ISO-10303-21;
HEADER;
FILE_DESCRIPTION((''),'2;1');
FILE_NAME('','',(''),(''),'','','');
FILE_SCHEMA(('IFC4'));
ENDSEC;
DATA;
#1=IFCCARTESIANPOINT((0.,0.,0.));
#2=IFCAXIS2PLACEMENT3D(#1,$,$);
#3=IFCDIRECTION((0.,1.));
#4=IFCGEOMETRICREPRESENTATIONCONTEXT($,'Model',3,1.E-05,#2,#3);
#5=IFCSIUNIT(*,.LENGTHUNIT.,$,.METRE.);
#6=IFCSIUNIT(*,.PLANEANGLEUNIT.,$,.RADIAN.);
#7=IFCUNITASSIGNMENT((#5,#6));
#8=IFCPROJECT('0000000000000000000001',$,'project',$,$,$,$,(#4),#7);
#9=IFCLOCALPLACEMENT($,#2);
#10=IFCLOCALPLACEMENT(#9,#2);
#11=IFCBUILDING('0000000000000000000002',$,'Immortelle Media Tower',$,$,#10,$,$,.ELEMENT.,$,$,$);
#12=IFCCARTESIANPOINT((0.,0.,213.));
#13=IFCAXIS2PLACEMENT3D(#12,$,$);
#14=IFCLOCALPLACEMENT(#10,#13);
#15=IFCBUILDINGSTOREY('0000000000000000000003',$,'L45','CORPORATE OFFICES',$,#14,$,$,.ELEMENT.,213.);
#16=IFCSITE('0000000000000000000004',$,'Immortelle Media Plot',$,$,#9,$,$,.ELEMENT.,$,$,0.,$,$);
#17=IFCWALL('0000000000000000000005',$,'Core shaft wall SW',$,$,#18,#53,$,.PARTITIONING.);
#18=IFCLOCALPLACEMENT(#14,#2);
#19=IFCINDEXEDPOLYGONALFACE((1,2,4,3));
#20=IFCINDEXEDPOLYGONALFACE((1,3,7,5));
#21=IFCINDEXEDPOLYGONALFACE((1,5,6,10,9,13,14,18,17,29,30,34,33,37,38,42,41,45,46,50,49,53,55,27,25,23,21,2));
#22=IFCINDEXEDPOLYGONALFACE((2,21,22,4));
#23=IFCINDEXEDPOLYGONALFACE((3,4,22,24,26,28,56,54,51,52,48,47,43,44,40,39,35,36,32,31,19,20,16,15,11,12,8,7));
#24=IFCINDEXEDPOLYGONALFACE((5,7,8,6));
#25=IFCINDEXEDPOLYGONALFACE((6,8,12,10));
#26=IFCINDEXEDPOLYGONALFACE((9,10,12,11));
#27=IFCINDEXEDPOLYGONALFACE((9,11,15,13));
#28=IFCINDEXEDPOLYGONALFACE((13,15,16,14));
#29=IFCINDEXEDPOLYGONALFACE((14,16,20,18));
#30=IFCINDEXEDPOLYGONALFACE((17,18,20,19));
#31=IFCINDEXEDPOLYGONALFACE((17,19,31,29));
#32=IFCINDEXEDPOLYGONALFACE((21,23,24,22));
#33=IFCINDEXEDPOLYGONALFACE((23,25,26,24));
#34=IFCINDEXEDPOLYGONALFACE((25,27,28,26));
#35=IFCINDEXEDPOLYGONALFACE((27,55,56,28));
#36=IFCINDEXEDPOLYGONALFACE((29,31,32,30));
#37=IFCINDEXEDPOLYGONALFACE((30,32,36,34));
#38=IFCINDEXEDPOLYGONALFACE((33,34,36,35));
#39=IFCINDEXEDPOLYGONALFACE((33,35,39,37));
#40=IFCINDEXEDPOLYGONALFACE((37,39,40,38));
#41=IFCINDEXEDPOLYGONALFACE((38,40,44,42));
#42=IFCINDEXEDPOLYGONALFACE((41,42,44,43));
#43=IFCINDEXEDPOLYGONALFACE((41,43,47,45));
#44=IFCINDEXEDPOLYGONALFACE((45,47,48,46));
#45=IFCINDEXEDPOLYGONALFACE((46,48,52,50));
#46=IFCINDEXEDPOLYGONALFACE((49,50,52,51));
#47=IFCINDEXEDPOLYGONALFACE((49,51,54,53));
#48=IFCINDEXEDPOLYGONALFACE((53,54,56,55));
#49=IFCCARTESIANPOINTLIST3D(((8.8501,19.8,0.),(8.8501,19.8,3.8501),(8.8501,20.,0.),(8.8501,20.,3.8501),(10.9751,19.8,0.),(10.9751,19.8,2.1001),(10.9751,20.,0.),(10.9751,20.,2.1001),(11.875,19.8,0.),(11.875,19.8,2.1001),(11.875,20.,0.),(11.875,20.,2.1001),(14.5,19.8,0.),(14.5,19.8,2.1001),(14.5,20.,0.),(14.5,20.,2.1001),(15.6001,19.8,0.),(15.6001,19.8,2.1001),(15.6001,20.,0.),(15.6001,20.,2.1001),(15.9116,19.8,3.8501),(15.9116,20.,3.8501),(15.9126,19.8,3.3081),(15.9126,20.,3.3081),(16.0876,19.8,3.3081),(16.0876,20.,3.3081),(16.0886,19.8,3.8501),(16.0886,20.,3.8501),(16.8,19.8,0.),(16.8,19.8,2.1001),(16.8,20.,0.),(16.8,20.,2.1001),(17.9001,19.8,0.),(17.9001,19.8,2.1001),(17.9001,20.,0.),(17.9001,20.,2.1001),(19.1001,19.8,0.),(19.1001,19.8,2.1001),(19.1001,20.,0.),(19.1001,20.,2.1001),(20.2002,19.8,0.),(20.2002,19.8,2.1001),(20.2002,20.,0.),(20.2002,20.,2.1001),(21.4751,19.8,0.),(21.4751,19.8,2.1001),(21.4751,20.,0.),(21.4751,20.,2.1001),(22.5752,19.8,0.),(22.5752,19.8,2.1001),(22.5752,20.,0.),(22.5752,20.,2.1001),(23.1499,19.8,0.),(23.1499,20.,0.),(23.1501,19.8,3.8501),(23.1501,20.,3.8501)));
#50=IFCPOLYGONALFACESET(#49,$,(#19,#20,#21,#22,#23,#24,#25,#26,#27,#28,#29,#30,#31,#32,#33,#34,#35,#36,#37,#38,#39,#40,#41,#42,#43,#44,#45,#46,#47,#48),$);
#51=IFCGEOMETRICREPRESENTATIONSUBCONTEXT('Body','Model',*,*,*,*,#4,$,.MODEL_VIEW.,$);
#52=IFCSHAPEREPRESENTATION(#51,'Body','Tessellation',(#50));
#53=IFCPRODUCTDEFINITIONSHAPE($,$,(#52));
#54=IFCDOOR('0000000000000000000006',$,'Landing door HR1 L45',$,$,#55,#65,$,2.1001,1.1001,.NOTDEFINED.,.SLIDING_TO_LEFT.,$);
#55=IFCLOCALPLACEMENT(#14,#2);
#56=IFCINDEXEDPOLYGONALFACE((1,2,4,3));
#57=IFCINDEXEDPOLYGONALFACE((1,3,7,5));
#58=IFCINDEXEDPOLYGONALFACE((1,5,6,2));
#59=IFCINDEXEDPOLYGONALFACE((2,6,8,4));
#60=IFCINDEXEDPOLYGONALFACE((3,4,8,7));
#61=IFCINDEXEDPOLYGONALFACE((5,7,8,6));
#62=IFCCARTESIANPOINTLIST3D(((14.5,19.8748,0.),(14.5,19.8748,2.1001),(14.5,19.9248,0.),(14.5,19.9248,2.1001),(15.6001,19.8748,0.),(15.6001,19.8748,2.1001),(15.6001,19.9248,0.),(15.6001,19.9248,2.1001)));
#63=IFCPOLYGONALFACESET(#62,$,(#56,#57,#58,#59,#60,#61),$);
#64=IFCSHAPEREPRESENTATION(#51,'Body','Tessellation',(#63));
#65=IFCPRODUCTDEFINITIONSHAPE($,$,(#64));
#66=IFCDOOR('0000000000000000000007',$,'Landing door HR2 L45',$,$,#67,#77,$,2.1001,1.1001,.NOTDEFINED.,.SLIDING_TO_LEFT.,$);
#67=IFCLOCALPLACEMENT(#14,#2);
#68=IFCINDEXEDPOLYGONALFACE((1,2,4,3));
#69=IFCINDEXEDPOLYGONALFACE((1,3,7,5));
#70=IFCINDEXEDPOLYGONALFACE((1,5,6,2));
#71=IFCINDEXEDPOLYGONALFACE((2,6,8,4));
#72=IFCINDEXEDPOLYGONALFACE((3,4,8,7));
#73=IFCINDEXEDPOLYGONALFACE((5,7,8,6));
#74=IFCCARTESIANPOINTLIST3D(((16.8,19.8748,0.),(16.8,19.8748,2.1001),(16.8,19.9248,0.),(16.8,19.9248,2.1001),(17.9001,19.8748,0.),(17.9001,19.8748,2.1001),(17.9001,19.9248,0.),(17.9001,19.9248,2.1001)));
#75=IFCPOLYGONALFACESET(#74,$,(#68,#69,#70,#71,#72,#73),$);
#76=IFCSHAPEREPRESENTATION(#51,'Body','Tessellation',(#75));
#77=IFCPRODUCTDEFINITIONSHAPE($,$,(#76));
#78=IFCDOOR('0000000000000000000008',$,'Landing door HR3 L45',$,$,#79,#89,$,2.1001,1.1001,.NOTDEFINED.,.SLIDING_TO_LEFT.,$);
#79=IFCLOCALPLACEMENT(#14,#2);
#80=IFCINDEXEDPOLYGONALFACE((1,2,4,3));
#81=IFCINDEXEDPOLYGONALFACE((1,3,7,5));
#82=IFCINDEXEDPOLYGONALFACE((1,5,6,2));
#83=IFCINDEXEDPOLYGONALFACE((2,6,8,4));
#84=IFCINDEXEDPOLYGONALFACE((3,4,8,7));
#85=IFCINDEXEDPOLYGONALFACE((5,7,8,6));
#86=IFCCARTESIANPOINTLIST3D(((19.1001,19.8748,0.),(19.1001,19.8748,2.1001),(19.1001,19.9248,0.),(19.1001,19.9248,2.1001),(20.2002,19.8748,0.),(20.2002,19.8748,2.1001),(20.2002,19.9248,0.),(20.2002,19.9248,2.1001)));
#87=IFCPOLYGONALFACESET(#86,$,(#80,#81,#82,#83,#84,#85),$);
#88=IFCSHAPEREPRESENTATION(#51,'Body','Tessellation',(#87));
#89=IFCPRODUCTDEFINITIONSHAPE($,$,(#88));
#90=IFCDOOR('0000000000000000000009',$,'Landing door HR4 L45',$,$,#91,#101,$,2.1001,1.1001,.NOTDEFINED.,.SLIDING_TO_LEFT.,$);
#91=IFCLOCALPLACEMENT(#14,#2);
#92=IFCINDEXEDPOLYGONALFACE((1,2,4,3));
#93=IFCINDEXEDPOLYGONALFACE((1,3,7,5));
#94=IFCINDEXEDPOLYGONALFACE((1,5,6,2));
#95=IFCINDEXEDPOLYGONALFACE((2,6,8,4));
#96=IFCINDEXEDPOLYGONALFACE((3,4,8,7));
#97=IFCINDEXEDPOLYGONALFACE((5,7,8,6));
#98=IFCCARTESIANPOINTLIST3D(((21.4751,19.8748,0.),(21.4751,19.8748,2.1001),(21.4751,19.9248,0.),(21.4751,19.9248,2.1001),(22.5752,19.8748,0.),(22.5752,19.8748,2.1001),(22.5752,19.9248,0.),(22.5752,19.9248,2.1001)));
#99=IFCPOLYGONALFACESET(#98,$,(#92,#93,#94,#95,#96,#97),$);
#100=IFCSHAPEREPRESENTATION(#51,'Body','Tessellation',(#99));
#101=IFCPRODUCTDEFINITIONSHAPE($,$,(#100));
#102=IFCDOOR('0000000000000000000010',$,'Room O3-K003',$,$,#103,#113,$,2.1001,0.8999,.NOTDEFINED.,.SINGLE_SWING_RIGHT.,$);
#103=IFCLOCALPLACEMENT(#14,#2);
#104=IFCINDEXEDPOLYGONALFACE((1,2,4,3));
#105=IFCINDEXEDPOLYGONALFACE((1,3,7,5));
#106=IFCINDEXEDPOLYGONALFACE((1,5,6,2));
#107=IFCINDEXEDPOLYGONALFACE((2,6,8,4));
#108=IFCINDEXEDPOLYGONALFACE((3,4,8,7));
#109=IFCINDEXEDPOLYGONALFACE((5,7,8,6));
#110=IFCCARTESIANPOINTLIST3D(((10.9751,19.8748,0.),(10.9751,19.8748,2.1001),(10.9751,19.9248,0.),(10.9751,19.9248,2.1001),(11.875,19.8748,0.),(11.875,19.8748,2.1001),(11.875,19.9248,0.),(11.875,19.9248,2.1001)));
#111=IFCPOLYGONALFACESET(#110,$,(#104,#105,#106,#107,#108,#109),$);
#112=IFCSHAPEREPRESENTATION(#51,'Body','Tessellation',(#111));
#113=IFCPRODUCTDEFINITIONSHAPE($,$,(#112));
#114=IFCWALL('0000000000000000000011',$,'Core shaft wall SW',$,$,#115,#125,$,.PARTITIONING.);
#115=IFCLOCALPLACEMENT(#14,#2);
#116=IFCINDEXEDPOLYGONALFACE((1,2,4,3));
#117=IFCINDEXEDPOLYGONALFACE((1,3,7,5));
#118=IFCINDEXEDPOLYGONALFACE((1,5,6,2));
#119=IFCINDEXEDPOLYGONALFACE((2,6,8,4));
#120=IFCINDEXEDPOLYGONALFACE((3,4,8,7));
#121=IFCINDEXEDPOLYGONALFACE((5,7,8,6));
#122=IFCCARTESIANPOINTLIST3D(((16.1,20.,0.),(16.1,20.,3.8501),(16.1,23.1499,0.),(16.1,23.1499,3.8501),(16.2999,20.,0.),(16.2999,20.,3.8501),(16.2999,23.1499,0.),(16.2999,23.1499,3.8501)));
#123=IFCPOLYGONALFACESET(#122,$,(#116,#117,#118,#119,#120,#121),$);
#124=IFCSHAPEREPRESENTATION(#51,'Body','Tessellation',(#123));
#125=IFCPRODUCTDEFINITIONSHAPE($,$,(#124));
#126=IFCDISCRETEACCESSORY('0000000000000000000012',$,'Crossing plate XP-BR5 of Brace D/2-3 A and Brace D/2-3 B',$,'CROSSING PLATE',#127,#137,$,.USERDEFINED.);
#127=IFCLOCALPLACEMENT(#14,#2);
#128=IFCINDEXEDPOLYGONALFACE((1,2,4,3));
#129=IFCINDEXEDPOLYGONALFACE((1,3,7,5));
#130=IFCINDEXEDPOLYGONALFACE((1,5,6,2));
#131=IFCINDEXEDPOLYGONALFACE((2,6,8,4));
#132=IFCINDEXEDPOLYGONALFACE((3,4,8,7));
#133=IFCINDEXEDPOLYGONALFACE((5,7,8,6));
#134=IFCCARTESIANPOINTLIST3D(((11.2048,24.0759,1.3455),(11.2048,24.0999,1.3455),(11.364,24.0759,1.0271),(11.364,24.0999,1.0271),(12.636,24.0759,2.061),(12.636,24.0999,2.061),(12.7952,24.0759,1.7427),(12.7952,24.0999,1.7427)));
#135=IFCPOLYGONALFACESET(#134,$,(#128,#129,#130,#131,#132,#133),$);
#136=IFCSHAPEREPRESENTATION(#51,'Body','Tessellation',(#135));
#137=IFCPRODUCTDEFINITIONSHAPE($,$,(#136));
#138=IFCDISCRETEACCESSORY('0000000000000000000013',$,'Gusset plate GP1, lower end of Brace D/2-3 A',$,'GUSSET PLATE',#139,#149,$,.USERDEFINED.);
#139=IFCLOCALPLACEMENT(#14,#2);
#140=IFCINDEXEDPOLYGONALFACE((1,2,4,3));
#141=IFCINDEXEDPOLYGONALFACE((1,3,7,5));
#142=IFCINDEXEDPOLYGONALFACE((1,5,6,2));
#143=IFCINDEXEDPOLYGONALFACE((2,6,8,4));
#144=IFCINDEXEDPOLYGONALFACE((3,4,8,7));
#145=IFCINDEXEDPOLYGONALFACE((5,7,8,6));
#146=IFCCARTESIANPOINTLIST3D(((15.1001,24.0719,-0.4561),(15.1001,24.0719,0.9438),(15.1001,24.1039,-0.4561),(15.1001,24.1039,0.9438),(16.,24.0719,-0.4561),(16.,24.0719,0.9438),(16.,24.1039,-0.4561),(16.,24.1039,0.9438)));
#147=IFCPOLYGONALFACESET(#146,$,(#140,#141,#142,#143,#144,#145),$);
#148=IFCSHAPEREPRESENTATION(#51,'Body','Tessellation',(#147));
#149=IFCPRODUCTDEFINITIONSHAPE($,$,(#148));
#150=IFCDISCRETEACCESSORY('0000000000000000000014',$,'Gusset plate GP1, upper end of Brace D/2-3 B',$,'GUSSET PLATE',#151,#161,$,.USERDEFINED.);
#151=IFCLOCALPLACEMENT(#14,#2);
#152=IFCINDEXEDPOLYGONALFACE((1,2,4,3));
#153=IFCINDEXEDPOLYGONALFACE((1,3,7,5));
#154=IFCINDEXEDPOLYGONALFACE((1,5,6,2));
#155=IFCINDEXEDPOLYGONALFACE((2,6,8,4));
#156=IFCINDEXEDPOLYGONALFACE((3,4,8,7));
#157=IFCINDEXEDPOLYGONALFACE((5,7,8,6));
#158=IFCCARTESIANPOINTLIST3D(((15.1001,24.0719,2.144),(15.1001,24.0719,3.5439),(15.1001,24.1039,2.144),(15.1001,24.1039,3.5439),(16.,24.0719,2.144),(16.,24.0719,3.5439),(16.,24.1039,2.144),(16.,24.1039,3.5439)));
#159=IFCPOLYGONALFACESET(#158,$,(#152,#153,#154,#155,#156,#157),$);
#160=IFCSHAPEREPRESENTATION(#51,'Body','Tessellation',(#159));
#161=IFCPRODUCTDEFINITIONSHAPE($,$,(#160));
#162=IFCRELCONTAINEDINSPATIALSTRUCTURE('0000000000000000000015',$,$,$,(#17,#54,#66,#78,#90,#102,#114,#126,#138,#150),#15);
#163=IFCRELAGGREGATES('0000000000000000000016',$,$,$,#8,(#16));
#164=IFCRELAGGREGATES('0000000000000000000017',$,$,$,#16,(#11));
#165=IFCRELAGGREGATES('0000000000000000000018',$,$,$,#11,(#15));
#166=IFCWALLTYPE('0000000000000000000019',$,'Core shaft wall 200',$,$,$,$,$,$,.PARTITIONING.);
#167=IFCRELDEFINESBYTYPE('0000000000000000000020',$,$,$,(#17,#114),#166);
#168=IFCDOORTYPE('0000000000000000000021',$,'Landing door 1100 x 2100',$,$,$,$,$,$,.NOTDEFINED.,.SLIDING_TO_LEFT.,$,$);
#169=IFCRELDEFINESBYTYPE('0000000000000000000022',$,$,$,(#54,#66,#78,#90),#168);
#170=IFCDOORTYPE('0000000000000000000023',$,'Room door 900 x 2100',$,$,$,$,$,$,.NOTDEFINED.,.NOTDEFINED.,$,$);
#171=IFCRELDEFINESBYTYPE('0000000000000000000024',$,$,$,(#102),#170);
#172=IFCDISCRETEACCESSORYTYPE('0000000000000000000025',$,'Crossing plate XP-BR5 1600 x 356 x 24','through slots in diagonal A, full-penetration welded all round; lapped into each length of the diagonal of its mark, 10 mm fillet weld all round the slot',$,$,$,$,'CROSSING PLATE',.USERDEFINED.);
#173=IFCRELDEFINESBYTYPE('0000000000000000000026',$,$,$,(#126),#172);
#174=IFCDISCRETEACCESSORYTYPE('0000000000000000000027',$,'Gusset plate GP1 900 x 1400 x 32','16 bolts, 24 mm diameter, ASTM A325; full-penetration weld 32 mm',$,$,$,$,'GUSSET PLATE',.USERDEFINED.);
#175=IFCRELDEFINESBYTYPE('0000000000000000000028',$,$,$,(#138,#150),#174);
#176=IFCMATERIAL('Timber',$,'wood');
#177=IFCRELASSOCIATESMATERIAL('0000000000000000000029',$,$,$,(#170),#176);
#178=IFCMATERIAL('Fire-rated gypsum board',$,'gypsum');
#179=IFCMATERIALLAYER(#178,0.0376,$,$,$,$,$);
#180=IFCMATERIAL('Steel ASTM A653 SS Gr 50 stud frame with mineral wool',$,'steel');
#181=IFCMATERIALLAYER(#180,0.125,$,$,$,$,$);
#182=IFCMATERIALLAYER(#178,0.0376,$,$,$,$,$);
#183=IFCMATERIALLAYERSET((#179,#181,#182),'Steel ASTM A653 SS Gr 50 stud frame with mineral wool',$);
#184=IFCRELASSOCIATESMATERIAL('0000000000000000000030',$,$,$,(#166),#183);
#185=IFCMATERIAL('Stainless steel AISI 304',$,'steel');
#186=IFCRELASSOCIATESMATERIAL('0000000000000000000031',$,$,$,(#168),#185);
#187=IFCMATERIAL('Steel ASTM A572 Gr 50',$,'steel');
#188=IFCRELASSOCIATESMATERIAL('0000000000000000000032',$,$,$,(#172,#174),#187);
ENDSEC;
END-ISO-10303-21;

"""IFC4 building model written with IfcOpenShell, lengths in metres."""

from ifc_helpers import new_model, si_unit, direction, frame, frame_2d, origin, origin_2d, place, context, subcontext, project, spatial, polyline, rectangle, outline, extrude, material, layer, layer_set, material_profile, profile_set, type_object, element, fill, save


model = new_model("IFC4")

# Units and contexts
model_context = context("Model", 3, precision=1e-05, world=origin(), true_north=direction((0.0, 1.0)))
body_context = subcontext(model_context, "Body", "Model", "MODEL_VIEW")
ifc_project = project(units=[si_unit("LENGTHUNIT", "METRE"), si_unit("PLANEANGLEUNIT", "RADIAN")], contexts=[model_context])

# Site, building, storey
site_placement = place(None, origin())
site = spatial("IfcSite", under=ifc_project, at=site_placement, Name="Immortelle Media Plot", CompositionType="ELEMENT", RefElevation=0.0)
building_placement = place(site_placement, origin())
building = spatial("IfcBuilding", under=site, at=building_placement, Name="Immortelle Media Tower", CompositionType="ELEMENT")
storey_placement = place(building_placement, frame((0.0, 0.0, 213.0)))
storey = spatial("IfcBuildingStorey", under=building, at=storey_placement, Name="L45", Description="CORPORATE OFFICES", CompositionType="ELEMENT", Elevation=213.0)

# Shared definitions
ifc_material_1 = material(Name="Timber", Category="wood")

# Shared definitions
ifc_material_2 = material(Name="Fire-rated gypsum board", Category="gypsum")
ifc_material_3 = material(Name="Steel ASTM A653 SS Gr 50 stud frame with mineral wool", Category="steel")

# Shared definitions
door_type_1 = type_object("IfcDoorType", Name="Room door 900 x 2100", OperationType="NOTDEFINED", PredefinedType="NOTDEFINED", material=ifc_material_1)

# Wall, openings, doors
ifc_layer_1 = layer(ifc_material_2, 0.0376)
ifc_layer_2 = layer(ifc_material_3, 0.125)
ifc_layer_3 = layer(ifc_material_2, 0.0376)
ifc_layer_set_1 = layer_set([ifc_layer_1, ifc_layer_2, ifc_layer_3], Name="Steel ASTM A653 SS Gr 50 stud frame with mineral wool")
wall_type_1 = type_object("IfcWallType", Name="Core shaft wall 200", PredefinedType="PARTITIONING", material=ifc_layer_set_1)
wall_1_placement = place(storey_placement, frame((8.8501, 19.8999, 0.0), z_axis=(0.0, 0.0, 1.0), x_axis=(1.0, 0.0, 0.0)))
wall_1 = element("IfcWall", 1, at=wall_1_placement, inside=storey, type_object=wall_type_1, Name="Core shaft wall SW", PredefinedType="PARTITIONING", context=body_context, shape_type="SweptSolid", body=[
    extrude(outline(polyline([(0.0, 0.0), (14.2998, 0.0), (14.3, 3.8501), (7.2385, 3.8501), (7.2375, 3.3081), (7.0625, 3.3081), (7.0615, 3.8501), (0.0, 3.8501), (0.0, 0.0)])), frame((0.0, 0.1001, 0.0), z_axis=(0.0, -1.0, 0.0), x_axis=(1.0, 0.0, 0.0)), (0.0, 0.0, 1.0), 0.2),
])
opening_1_placement = place(wall_1_placement, frame((2.125, 0.0, 0.0)))
opening_1 = element("IfcOpeningElement", 2, at=opening_1_placement, cuts=wall_1, PredefinedType="OPENING", context=body_context, shape_type="SweptSolid", body=[
    extrude(rectangle(XDim=0.8999, YDim=2.1001, at=frame_2d((0.45, 1.05))), frame((0.0, 0.1099, 0.0), z_axis=(0.0, -1.0, 0.0), x_axis=(1.0, 0.0, 0.0)), (0.0, 0.0, 1.0), 0.22),
])
opening_2_placement = place(wall_1_placement, frame((5.6499, 0.0, 0.0)))
opening_2 = element("IfcOpeningElement", 3, at=opening_2_placement, cuts=wall_1, PredefinedType="OPENING", context=body_context, shape_type="SweptSolid", body=[
    extrude(rectangle(XDim=1.1001, YDim=2.1001, at=frame_2d((0.55, 1.05))), frame((0.0, 0.1099, 0.0), z_axis=(0.0, -1.0, 0.0), x_axis=(1.0, 0.0, 0.0)), (0.0, 0.0, 1.0), 0.22),
])
opening_3_placement = place(wall_1_placement, frame((7.95, 0.0, 0.0)))
opening_3 = element("IfcOpeningElement", 4, at=opening_3_placement, cuts=wall_1, PredefinedType="OPENING", context=body_context, shape_type="SweptSolid", body=[
    extrude(rectangle(XDim=1.1001, YDim=2.1001, at=frame_2d((0.55, 1.05))), frame((0.0, 0.1099, 0.0), z_axis=(0.0, -1.0, 0.0), x_axis=(1.0, 0.0, 0.0)), (0.0, 0.0, 1.0), 0.22),
])
opening_4_placement = place(wall_1_placement, frame((10.25, 0.0, 0.0)))
opening_4 = element("IfcOpeningElement", 5, at=opening_4_placement, cuts=wall_1, PredefinedType="OPENING", context=body_context, shape_type="SweptSolid", body=[
    extrude(rectangle(XDim=1.1001, YDim=2.1001, at=frame_2d((0.55, 1.05))), frame((0.0, 0.1099, 0.0), z_axis=(0.0, -1.0, 0.0), x_axis=(1.0, 0.0, 0.0)), (0.0, 0.0, 1.0), 0.22),
])
opening_5_placement = place(wall_1_placement, frame((12.625, 0.0, 0.0)))
opening_5 = element("IfcOpeningElement", 6, at=opening_5_placement, cuts=wall_1, PredefinedType="OPENING", context=body_context, shape_type="SweptSolid", body=[
    extrude(rectangle(XDim=1.1001, YDim=2.1001, at=frame_2d((0.55, 1.05))), frame((0.0, 0.1099, 0.0), z_axis=(0.0, -1.0, 0.0), x_axis=(1.0, 0.0, 0.0)), (0.0, 0.0, 1.0), 0.22),
])
ifc_material_4 = material(Name="Stainless steel AISI 304", Category="steel")
door_type_2 = type_object("IfcDoorType", Name="Landing door 1100 x 2100", OperationType="SLIDING_TO_LEFT", PredefinedType="NOTDEFINED", material=ifc_material_4)
door_1_placement = place(opening_2_placement, origin())
door_1 = element("IfcDoor", 7, at=door_1_placement, inside=storey, type_object=door_type_2, Name="Landing door HR1 L45", OperationType="SLIDING_TO_LEFT", OverallHeight=2.1001, OverallWidth=1.1001, PredefinedType="NOTDEFINED", context=body_context, shape_type="SweptSolid", body=[
    extrude(rectangle(XDim=1.1001, YDim=2.1001, at=frame_2d((0.55, 1.05))), frame((0.0, 0.0249, 0.0), z_axis=(0.0, -1.0, 0.0), x_axis=(1.0, 0.0, 0.0)), (0.0, 0.0, 1.0), 0.05),
])
fill(opening_2, door_1)
door_2_placement = place(opening_3_placement, origin())
door_2 = element("IfcDoor", 8, at=door_2_placement, inside=storey, type_object=door_type_2, Name="Landing door HR2 L45", OperationType="SLIDING_TO_LEFT", OverallHeight=2.1001, OverallWidth=1.1001, PredefinedType="NOTDEFINED", context=body_context, shape_type="SweptSolid", body=[
    extrude(rectangle(XDim=1.1001, YDim=2.1001, at=frame_2d((0.55, 1.05))), frame((0.0, 0.0249, 0.0), z_axis=(0.0, -1.0, 0.0), x_axis=(1.0, 0.0, 0.0)), (0.0, 0.0, 1.0), 0.05),
])
fill(opening_3, door_2)
door_3_placement = place(opening_4_placement, origin())
door_3 = element("IfcDoor", 9, at=door_3_placement, inside=storey, type_object=door_type_2, Name="Landing door HR3 L45", OperationType="SLIDING_TO_LEFT", OverallHeight=2.1001, OverallWidth=1.1001, PredefinedType="NOTDEFINED", context=body_context, shape_type="SweptSolid", body=[
    extrude(rectangle(XDim=1.1001, YDim=2.1001, at=frame_2d((0.55, 1.05))), frame((0.0, 0.0249, 0.0), z_axis=(0.0, -1.0, 0.0), x_axis=(1.0, 0.0, 0.0)), (0.0, 0.0, 1.0), 0.05),
])
fill(opening_4, door_3)
door_4_placement = place(opening_5_placement, origin())
door_4 = element("IfcDoor", 10, at=door_4_placement, inside=storey, type_object=door_type_2, Name="Landing door HR4 L45", OperationType="SLIDING_TO_LEFT", OverallHeight=2.1001, OverallWidth=1.1001, PredefinedType="NOTDEFINED", context=body_context, shape_type="SweptSolid", body=[
    extrude(rectangle(XDim=1.1001, YDim=2.1001, at=frame_2d((0.55, 1.05))), frame((0.0, 0.0249, 0.0), z_axis=(0.0, -1.0, 0.0), x_axis=(1.0, 0.0, 0.0)), (0.0, 0.0, 1.0), 0.05),
])
fill(opening_5, door_4)
door_5_placement = place(opening_1_placement, origin())
door_5 = element("IfcDoor", 11, at=door_5_placement, inside=storey, type_object=door_type_1, Name="Room O3-K003", OperationType="SINGLE_SWING_RIGHT", OverallHeight=2.1001, OverallWidth=0.8999, PredefinedType="NOTDEFINED", context=body_context, shape_type="SweptSolid", body=[
    extrude(rectangle(XDim=0.8999, YDim=2.1001, at=frame_2d((0.45, 1.05))), frame((0.0, 0.0249, 0.0), z_axis=(0.0, -1.0, 0.0), x_axis=(1.0, 0.0, 0.0)), (0.0, 0.0, 1.0), 0.05),
])
fill(opening_1, door_5)

# Wall
wall_2_placement = place(storey_placement, frame((16.2, 20.0, 0.0), z_axis=(0.0, 0.0, 1.0), x_axis=(0.0, 1.0, 0.0)))
element("IfcWall", 12, at=wall_2_placement, inside=storey, type_object=wall_type_1, Name="Core shaft wall SW", PredefinedType="PARTITIONING", context=body_context, shape_type="SweptSolid", body=[
    extrude(rectangle(XDim=3.1499, YDim=0.2, at=frame_2d((1.575, 0.0))), origin(), (0.0, 0.0, 1.0), 3.8501),
])

# Discrete accessories
ifc_material_5 = material(Name="Steel ASTM A572 Gr 50", Category="steel")
ifc_material_profile_1 = material_profile(ifc_material_5, rectangle(XDim=0.0239, YDim=0.356, at=origin_2d()), Name="PL 24 x 356")
ifc_profile_set_1 = profile_set([ifc_material_profile_1], Name="Steel ASTM A572 Gr 50")
discrete_accessory_type_1 = type_object("IfcDiscreteAccessoryType", Name="Crossing plate XP-BR5 1600 x 356 x 24", Description="through slots in diagonal A, full-penetration welded all round; lapped into each length of the diagonal of its mark, 10 mm fillet weld all round the slot", ElementType="CROSSING PLATE", PredefinedType="USERDEFINED", material=ifc_profile_set_1)
discrete_accessory_placement = place(storey_placement, frame((12.7156, 24.0879, 1.9019), z_axis=(-0.894427, 0.0, -0.447214), x_axis=(0.0, -1.0, 0.0)))
element("IfcDiscreteAccessory", 13, at=discrete_accessory_placement, inside=storey, type_object=discrete_accessory_type_1, Name="Crossing plate XP-BR5 of Brace D/2-3 A and Brace D/2-3 B", ObjectType="CROSSING PLATE", PredefinedType="USERDEFINED", context=body_context, shape_type="SweptSolid", body=[
    extrude(rectangle(XDim=0.0239, YDim=0.356, at=origin_2d()), origin(), (0.0, 0.0, 1.0), 1.6001),
])
ifc_material_profile_2 = material_profile(ifc_material_5, rectangle(XDim=0.032, YDim=1.3999, at=origin_2d()), Name="PL 32 x 1400")
ifc_profile_set_2 = profile_set([ifc_material_profile_2], Name="Steel ASTM A572 Gr 50")
discrete_accessory_type_2 = type_object("IfcDiscreteAccessoryType", Name="Gusset plate GP1 900 x 1400 x 32", Description="16 bolts, 24 mm diameter, ASTM A325; full-penetration weld 32 mm", ElementType="GUSSET PLATE", PredefinedType="USERDEFINED", material=ifc_profile_set_2)
for number, where, z_axis, x_axis, name in (
    (14, (16.0, 24.0879, 0.2439), (-1.0, 0.0, 0.0), (0.0, -1.0, 0.0), "Gusset plate GP1, lower end of Brace D/2-3 A"),
    (15, (16.0, 24.0879, 2.844), (-1.0, 0.0, 0.0), (0.0, -1.0, 0.0), "Gusset plate GP1, upper end of Brace D/2-3 B"),
):
    element("IfcDiscreteAccessory", number, at=place(storey_placement, frame(where, z_axis=z_axis, x_axis=x_axis)), inside=storey, type_object=discrete_accessory_type_2, Name=name, ObjectType="GUSSET PLATE", PredefinedType="USERDEFINED", context=body_context, shape_type="SweptSolid", body=[
        extrude(rectangle(XDim=0.032, YDim=1.3999, at=origin_2d()), origin(), (0.0, 0.0, 1.0), 0.8999),
    ])

save(model, "model.ifc")
